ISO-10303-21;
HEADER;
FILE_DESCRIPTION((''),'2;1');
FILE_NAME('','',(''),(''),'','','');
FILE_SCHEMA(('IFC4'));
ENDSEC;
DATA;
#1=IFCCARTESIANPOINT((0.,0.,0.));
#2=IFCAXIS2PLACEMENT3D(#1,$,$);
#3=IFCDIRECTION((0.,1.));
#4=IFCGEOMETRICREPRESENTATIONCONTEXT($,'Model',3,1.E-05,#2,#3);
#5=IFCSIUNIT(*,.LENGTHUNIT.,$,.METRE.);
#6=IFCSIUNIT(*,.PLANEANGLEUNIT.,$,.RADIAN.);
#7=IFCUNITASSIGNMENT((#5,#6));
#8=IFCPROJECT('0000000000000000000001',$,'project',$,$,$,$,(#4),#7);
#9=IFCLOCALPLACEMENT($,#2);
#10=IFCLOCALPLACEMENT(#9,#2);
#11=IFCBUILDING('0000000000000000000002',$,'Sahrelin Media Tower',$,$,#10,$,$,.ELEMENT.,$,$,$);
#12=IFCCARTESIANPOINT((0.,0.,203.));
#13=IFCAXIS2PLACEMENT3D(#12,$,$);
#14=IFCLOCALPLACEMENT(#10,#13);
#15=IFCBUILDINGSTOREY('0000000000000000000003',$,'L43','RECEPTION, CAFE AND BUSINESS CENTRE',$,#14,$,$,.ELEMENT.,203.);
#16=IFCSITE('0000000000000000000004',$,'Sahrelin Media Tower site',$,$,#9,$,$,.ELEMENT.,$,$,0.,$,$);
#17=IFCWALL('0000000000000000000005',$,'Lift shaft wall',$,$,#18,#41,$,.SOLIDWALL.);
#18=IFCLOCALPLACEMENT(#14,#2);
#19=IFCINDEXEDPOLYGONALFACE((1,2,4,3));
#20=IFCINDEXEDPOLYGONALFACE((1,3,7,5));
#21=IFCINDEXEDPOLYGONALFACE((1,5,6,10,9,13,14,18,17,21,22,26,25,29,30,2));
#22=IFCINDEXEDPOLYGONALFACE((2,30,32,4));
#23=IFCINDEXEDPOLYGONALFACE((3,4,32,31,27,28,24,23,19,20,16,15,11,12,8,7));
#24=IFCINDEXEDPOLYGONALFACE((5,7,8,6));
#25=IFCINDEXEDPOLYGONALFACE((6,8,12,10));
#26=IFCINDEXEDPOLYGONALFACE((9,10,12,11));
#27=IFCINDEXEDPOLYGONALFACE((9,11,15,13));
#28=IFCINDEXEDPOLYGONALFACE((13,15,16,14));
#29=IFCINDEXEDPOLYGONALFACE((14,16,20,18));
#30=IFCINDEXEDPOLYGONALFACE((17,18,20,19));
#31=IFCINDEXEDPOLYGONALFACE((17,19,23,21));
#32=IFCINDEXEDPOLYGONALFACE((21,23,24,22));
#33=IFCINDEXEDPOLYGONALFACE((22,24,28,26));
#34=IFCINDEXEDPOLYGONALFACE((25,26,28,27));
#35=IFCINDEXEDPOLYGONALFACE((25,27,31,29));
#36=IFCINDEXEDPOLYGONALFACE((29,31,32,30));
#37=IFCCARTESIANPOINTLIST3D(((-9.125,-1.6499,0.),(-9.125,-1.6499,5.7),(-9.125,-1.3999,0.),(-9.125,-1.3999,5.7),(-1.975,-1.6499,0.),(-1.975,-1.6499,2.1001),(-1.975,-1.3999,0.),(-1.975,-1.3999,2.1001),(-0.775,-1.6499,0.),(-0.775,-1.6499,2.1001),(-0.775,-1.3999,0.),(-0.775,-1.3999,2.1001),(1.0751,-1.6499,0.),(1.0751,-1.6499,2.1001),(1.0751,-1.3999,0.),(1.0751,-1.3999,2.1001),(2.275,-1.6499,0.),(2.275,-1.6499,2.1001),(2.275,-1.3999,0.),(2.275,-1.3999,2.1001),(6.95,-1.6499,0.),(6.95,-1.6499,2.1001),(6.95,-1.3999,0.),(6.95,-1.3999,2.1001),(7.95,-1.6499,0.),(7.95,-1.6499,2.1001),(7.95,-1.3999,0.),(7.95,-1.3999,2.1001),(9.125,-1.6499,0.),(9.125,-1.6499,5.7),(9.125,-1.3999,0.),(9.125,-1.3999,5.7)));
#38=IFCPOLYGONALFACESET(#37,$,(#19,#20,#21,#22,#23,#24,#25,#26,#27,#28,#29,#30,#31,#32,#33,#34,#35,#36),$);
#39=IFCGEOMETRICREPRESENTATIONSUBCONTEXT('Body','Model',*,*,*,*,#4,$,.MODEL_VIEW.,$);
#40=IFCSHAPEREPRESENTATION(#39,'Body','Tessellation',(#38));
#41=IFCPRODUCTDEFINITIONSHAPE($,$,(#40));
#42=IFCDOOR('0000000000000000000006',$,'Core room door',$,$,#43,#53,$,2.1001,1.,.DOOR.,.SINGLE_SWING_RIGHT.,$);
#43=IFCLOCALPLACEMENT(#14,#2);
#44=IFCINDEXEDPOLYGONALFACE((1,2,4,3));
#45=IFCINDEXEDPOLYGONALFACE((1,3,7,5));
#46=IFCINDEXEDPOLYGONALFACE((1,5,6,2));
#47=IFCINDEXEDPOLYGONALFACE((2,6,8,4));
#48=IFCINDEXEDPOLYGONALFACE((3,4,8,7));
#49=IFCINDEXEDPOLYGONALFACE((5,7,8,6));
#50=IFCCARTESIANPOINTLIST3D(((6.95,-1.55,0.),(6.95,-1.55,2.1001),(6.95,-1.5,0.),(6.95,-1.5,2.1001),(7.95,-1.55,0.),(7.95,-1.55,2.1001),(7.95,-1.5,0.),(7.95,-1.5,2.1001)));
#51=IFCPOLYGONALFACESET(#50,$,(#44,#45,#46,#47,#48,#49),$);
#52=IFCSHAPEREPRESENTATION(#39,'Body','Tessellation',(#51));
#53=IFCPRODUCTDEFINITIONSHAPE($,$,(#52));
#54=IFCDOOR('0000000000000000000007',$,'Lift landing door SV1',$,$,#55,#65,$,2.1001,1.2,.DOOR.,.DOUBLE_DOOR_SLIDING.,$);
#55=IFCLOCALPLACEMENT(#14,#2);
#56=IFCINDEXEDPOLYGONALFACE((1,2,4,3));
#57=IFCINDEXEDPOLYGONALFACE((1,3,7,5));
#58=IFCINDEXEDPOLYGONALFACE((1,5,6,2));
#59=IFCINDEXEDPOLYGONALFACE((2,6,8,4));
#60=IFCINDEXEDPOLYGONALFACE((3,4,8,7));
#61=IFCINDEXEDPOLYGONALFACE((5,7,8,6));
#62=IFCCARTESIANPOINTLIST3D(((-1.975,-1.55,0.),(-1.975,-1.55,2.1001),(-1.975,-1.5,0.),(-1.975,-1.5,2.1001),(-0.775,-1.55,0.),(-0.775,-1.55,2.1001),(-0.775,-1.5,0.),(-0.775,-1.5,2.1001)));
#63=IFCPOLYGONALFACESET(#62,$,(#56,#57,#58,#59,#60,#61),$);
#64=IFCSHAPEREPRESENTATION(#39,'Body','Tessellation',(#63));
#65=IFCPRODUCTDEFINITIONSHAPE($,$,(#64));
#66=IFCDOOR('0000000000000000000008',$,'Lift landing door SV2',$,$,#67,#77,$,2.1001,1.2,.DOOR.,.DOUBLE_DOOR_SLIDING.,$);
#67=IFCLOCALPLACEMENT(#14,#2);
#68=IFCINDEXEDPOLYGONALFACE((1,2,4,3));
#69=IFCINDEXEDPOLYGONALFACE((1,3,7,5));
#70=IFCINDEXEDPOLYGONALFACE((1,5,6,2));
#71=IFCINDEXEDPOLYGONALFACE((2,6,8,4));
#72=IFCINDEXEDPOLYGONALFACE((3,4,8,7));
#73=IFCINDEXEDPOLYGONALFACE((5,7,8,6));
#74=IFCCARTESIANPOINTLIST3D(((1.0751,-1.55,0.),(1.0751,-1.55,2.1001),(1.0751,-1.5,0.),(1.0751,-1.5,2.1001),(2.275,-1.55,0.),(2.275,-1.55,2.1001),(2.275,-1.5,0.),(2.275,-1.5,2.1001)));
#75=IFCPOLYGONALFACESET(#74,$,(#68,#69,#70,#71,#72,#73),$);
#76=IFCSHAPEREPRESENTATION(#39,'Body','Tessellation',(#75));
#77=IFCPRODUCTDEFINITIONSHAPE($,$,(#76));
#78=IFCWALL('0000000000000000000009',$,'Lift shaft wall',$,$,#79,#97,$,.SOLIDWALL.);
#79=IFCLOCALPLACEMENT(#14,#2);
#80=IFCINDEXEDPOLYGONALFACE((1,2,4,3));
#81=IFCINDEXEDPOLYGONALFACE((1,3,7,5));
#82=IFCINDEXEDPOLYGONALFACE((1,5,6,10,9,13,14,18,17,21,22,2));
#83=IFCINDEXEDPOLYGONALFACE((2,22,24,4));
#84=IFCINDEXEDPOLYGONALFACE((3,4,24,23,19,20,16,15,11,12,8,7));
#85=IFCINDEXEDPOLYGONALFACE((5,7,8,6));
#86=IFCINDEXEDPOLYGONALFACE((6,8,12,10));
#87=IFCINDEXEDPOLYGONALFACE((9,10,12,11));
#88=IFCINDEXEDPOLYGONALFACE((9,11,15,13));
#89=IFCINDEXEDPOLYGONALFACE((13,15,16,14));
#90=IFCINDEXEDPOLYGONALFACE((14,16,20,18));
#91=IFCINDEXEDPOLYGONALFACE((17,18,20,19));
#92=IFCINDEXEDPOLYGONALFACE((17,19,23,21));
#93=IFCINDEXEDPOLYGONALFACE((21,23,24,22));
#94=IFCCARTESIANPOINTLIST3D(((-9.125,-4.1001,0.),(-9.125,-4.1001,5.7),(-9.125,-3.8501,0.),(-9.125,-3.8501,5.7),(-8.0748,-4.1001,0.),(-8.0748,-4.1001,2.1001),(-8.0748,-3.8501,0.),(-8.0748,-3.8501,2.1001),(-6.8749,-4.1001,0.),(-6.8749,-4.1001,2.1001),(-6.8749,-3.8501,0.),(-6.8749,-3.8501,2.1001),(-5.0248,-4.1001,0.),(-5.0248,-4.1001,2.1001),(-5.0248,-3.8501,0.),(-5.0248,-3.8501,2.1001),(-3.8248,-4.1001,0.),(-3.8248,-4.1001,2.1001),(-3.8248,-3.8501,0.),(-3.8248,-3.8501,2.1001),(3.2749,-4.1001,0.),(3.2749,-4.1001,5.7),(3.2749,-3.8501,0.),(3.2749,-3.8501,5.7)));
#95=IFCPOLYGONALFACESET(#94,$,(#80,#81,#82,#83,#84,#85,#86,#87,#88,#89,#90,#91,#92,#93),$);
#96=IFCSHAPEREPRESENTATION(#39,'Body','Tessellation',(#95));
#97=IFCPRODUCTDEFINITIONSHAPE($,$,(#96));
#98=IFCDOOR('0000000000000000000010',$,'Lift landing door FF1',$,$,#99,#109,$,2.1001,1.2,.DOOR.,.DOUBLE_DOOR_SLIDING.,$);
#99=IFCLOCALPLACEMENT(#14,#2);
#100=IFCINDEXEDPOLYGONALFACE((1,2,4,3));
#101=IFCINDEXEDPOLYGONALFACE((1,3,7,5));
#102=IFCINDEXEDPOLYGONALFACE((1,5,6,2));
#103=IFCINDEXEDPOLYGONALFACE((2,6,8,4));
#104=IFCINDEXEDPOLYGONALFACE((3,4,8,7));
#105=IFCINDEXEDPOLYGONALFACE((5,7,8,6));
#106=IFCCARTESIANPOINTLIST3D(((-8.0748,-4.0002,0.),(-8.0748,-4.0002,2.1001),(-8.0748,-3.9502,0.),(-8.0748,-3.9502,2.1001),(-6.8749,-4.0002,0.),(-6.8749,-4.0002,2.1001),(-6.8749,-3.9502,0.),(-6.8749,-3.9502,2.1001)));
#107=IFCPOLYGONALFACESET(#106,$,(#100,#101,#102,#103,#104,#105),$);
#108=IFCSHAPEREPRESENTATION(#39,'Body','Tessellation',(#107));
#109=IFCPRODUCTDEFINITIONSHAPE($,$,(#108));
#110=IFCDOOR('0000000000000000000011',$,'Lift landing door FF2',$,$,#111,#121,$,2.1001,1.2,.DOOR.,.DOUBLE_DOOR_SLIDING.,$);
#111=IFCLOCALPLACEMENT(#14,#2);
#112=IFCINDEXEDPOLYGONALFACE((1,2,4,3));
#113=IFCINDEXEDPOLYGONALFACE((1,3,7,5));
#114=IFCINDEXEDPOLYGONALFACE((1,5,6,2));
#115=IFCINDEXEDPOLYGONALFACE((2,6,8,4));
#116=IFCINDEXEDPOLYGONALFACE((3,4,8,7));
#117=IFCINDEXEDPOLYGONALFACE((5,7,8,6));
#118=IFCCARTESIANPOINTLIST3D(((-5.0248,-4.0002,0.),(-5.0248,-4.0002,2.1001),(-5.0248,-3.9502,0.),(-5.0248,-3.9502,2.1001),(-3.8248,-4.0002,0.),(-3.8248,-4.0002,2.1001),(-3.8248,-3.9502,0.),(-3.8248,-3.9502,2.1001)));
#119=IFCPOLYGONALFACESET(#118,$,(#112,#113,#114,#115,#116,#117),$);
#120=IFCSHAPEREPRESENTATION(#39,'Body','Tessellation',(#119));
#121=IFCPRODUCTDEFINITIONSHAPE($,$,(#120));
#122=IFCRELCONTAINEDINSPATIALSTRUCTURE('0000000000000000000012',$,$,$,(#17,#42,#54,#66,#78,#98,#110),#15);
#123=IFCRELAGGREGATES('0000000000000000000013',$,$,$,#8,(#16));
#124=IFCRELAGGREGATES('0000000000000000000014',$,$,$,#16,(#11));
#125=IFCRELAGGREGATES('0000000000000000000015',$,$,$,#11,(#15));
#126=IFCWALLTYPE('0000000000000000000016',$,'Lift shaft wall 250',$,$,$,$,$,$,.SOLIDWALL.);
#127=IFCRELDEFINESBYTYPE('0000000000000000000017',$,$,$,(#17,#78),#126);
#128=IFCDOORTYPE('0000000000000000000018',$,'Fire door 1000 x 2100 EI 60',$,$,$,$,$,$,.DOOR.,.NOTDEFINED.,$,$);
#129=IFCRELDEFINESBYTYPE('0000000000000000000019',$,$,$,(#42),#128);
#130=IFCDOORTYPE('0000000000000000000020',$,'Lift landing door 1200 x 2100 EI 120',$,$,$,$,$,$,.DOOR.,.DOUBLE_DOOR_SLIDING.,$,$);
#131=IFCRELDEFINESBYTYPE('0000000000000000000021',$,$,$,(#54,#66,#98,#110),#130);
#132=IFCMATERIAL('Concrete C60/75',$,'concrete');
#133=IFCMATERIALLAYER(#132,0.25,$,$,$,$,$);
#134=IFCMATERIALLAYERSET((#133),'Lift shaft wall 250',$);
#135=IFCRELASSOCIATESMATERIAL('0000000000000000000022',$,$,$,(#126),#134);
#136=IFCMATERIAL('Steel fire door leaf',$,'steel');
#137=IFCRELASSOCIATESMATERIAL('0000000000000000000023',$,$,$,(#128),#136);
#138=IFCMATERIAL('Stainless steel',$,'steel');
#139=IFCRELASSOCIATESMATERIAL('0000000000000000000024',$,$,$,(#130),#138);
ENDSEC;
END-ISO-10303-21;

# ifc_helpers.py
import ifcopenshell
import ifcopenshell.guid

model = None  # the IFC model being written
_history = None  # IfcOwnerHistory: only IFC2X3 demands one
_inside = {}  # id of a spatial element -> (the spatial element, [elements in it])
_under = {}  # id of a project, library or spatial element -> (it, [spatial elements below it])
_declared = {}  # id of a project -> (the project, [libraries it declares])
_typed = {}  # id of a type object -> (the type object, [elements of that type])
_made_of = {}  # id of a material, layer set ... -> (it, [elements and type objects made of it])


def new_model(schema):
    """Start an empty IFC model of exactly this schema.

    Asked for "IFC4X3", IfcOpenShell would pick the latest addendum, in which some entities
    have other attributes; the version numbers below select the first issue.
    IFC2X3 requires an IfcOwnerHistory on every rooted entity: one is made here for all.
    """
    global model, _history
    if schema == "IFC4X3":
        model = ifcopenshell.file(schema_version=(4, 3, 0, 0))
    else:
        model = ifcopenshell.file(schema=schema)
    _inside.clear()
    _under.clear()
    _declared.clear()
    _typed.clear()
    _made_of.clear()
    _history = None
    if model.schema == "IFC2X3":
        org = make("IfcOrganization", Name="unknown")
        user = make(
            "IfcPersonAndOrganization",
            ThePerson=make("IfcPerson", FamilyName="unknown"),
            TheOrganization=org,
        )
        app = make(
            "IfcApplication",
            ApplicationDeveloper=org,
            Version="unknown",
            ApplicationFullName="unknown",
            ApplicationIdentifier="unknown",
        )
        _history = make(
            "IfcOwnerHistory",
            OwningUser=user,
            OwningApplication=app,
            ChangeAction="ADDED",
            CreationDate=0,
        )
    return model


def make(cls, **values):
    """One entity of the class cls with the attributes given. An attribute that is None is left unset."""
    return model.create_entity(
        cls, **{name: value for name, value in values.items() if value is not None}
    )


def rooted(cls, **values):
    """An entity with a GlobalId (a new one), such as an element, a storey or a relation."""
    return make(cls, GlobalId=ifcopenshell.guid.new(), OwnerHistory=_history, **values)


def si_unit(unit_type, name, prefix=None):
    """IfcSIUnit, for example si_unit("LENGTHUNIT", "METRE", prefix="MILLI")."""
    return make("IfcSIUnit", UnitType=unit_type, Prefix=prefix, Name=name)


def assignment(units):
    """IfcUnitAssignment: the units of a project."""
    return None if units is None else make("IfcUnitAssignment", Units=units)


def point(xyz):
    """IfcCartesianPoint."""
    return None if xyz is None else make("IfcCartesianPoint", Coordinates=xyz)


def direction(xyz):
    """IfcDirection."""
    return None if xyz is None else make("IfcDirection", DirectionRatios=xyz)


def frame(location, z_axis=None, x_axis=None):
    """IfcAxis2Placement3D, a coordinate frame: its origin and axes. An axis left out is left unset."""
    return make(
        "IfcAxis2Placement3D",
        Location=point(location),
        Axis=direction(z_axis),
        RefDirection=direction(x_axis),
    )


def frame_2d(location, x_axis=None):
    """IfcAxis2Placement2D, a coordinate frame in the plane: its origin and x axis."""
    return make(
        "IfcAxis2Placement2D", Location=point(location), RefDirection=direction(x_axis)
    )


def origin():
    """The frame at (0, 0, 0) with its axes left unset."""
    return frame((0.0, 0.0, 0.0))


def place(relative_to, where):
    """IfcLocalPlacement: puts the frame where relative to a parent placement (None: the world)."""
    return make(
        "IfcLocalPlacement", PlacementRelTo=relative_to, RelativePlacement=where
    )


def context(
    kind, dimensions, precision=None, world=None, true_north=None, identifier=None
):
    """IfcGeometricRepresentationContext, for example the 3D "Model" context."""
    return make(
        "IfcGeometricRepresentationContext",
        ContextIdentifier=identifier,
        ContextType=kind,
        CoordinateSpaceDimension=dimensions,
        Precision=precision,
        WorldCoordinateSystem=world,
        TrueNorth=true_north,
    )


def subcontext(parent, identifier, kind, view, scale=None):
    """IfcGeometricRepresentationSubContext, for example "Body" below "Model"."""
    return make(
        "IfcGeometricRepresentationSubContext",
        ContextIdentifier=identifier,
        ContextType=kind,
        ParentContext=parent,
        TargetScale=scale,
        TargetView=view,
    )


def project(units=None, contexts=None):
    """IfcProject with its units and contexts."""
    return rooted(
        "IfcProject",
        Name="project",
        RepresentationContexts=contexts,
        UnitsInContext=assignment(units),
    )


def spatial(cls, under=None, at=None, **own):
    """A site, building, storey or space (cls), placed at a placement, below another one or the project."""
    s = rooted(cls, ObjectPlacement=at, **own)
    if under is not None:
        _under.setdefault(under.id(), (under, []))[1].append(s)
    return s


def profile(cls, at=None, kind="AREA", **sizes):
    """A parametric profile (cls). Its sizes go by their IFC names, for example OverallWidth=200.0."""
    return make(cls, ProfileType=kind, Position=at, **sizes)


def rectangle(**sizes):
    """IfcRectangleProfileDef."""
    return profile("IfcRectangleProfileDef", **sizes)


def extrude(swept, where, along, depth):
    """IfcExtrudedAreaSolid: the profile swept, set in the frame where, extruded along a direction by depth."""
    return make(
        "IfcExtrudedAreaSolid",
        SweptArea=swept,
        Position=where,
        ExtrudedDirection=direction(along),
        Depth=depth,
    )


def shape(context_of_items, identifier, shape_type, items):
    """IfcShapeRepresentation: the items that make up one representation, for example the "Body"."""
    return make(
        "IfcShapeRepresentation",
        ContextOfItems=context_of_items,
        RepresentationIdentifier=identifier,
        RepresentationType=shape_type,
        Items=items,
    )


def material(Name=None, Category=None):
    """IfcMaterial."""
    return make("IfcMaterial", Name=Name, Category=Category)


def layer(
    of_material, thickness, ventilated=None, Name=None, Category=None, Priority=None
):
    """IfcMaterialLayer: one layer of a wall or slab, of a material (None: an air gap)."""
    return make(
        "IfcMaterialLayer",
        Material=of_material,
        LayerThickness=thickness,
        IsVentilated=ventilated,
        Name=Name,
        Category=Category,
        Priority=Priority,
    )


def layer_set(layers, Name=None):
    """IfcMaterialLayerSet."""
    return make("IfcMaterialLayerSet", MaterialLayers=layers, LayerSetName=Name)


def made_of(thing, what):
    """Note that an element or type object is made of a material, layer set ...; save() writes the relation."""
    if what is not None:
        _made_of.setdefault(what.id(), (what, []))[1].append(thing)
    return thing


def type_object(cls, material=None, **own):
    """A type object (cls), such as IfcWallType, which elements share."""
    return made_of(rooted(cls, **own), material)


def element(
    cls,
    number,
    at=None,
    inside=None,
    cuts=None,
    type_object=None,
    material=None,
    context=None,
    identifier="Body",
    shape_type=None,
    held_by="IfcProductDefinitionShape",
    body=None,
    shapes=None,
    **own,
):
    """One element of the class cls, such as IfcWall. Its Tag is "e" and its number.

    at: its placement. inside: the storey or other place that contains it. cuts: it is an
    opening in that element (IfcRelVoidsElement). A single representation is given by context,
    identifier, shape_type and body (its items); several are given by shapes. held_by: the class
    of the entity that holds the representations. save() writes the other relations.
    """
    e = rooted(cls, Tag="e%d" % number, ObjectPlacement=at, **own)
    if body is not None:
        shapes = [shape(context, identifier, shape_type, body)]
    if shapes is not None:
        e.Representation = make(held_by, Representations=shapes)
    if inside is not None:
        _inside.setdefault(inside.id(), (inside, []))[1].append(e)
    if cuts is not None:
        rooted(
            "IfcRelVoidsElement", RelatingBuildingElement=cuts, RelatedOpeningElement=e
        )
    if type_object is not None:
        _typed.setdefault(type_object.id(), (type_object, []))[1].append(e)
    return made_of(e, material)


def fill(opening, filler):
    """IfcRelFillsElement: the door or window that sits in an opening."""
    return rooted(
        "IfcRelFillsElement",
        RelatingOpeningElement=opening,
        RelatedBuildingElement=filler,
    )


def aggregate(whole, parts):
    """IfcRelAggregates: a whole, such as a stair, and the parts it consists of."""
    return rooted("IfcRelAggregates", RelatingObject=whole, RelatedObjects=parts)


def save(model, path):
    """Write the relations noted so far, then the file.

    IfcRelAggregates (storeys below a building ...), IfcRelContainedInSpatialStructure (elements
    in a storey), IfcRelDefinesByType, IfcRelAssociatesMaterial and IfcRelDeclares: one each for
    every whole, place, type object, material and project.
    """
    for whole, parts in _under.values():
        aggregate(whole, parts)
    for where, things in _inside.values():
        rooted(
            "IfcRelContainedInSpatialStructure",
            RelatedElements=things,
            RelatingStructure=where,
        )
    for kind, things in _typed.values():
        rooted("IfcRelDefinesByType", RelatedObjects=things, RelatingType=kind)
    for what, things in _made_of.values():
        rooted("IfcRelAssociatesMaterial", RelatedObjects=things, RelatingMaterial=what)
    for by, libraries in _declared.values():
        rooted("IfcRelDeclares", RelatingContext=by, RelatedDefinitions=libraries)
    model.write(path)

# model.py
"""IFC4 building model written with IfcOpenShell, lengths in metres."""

from ifc_helpers import new_model, si_unit, direction, frame, frame_2d, origin, place, context, subcontext, project, spatial, rectangle, extrude, material, layer, layer_set, type_object, element, fill, save


model = new_model("IFC4")

# Units and contexts
model_context = context("Model", 3, precision=1e-05, world=origin(), true_north=direction((0.0, 1.0)))
body_context = subcontext(model_context, "Body", "Model", "MODEL_VIEW")
ifc_project = project(units=[si_unit("LENGTHUNIT", "METRE"), si_unit("PLANEANGLEUNIT", "RADIAN")], contexts=[model_context])

# Site, building, storey
site_placement = place(None, origin())
site = spatial("IfcSite", under=ifc_project, at=site_placement, Name="Sahrelin Media Tower site", CompositionType="ELEMENT", RefElevation=0.0)
building_placement = place(site_placement, origin())
building = spatial("IfcBuilding", under=site, at=building_placement, Name="Sahrelin Media Tower", CompositionType="ELEMENT")
storey_placement = place(building_placement, frame((0.0, 0.0, 203.0)))
storey = spatial("IfcBuildingStorey", under=building, at=storey_placement, Name="L43", Description="RECEPTION, CAFE AND BUSINESS CENTRE", CompositionType="ELEMENT", Elevation=203.0)

# Shared definitions
ifc_material_1 = material(Name="Concrete C60/75", Category="concrete")
ifc_material_2 = material(Name="Steel fire door leaf", Category="steel")

# Walls, openings, doors
ifc_layer_1 = layer(ifc_material_1, 0.25)
ifc_layer_set_1 = layer_set([ifc_layer_1], Name="Lift shaft wall 250")
wall_type_1 = type_object("IfcWallType", Name="Lift shaft wall 250", PredefinedType="SOLIDWALL", material=ifc_layer_set_1)
wall_1_placement = place(storey_placement, frame((-9.125, -1.5249, 0.0), z_axis=(0.0, 0.0, 1.0), x_axis=(1.0, 0.0, 0.0)))
wall_1 = element("IfcWall", 1, at=wall_1_placement, inside=storey, type_object=wall_type_1, Name="Lift shaft wall", PredefinedType="SOLIDWALL", context=body_context, shape_type="SweptSolid", body=[
    extrude(rectangle(XDim=18.25, YDim=0.25, at=frame_2d((9.125, 0.0))), origin(), (0.0, 0.0, 1.0), 5.7),
])
opening_1_placement = place(wall_1_placement, frame((7.1499, 0.0, 0.0)))
opening_1 = element("IfcOpeningElement", 2, at=opening_1_placement, cuts=wall_1, PredefinedType="OPENING", context=body_context, shape_type="SweptSolid", body=[
    extrude(rectangle(XDim=1.2, YDim=2.1001, at=frame_2d((0.6001, 1.05))), frame((0.0, 0.125, 0.0), z_axis=(0.0, -1.0, 0.0), x_axis=(1.0, 0.0, 0.0)), (0.0, 0.0, 1.0), 0.25),
])
opening_2_placement = place(wall_1_placement, frame((10.2, 0.0, 0.0)))
opening_2 = element("IfcOpeningElement", 3, at=opening_2_placement, cuts=wall_1, PredefinedType="OPENING", context=body_context, shape_type="SweptSolid", body=[
    extrude(rectangle(XDim=1.2, YDim=2.1001, at=frame_2d((0.6001, 1.05))), frame((0.0, 0.125, 0.0), z_axis=(0.0, -1.0, 0.0), x_axis=(1.0, 0.0, 0.0)), (0.0, 0.0, 1.0), 0.25),
])
opening_3_placement = place(wall_1_placement, frame((16.075, 0.0, 0.0)))
opening_3 = element("IfcOpeningElement", 4, at=opening_3_placement, cuts=wall_1, PredefinedType="OPENING", context=body_context, shape_type="SweptSolid", body=[
    extrude(rectangle(XDim=1.0, YDim=2.1001, at=frame_2d((0.5, 1.05))), frame((0.0, 0.125, 0.0), z_axis=(0.0, -1.0, 0.0), x_axis=(1.0, 0.0, 0.0)), (0.0, 0.0, 1.0), 0.25),
])
door_type_1 = type_object("IfcDoorType", Name="Fire door 1000 x 2100 EI 60", OperationType="NOTDEFINED", PredefinedType="DOOR", material=ifc_material_2)
door_1_placement = place(opening_3_placement, origin())
door_1 = element("IfcDoor", 5, at=door_1_placement, inside=storey, type_object=door_type_1, Name="Core room door", OperationType="SINGLE_SWING_RIGHT", OverallHeight=2.1001, OverallWidth=1.0, PredefinedType="DOOR", context=body_context, shape_type="SweptSolid", body=[
    extrude(rectangle(XDim=1.0, YDim=2.1001, at=frame_2d((0.5, 1.05))), frame((0.0, 0.0249, 0.0), z_axis=(0.0, -1.0, 0.0), x_axis=(1.0, 0.0, 0.0)), (0.0, 0.0, 1.0), 0.05),
])
fill(opening_3, door_1)
ifc_material_3 = material(Name="Stainless steel", Category="steel")
door_type_2 = type_object("IfcDoorType", Name="Lift landing door 1200 x 2100 EI 120", OperationType="DOUBLE_DOOR_SLIDING", PredefinedType="DOOR", material=ifc_material_3)
door_2_placement = place(opening_1_placement, origin())
door_2 = element("IfcDoor", 6, at=door_2_placement, inside=storey, type_object=door_type_2, Name="Lift landing door SV1", OperationType="DOUBLE_DOOR_SLIDING", OverallHeight=2.1001, OverallWidth=1.2, PredefinedType="DOOR", context=body_context, shape_type="SweptSolid", body=[
    extrude(rectangle(XDim=1.2, YDim=2.1001, at=frame_2d((0.6001, 1.05))), frame((0.0, 0.0249, 0.0), z_axis=(0.0, -1.0, 0.0), x_axis=(1.0, 0.0, 0.0)), (0.0, 0.0, 1.0), 0.05),
])
fill(opening_1, door_2)
door_3_placement = place(opening_2_placement, origin())
door_3 = element("IfcDoor", 7, at=door_3_placement, inside=storey, type_object=door_type_2, Name="Lift landing door SV2", OperationType="DOUBLE_DOOR_SLIDING", OverallHeight=2.1001, OverallWidth=1.2, PredefinedType="DOOR", context=body_context, shape_type="SweptSolid", body=[
    extrude(rectangle(XDim=1.2, YDim=2.1001, at=frame_2d((0.6001, 1.05))), frame((0.0, 0.0249, 0.0), z_axis=(0.0, -1.0, 0.0), x_axis=(1.0, 0.0, 0.0)), (0.0, 0.0, 1.0), 0.05),
])
fill(opening_2, door_3)
wall_2_placement = place(storey_placement, frame((-9.125, -3.9751, 0.0), z_axis=(0.0, 0.0, 1.0), x_axis=(1.0, 0.0, 0.0)))
wall_2 = element("IfcWall", 8, at=wall_2_placement, inside=storey, type_object=wall_type_1, Name="Lift shaft wall", PredefinedType="SOLIDWALL", context=body_context, shape_type="SweptSolid", body=[
    extrude(rectangle(XDim=12.3999, YDim=0.25, at=frame_2d((6.2, 0.0))), origin(), (0.0, 0.0, 1.0), 5.7),
])
opening_4_placement = place(wall_2_placement, frame((1.05, 0.0, 0.0)))
opening_4 = element("IfcOpeningElement", 9, at=opening_4_placement, cuts=wall_2, PredefinedType="OPENING", context=body_context, shape_type="SweptSolid", body=[
    extrude(rectangle(XDim=1.2, YDim=2.1001, at=frame_2d((0.6001, 1.05))), frame((0.0, 0.125, 0.0), z_axis=(0.0, -1.0, 0.0), x_axis=(1.0, 0.0, 0.0)), (0.0, 0.0, 1.0), 0.25),
])
opening_5_placement = place(wall_2_placement, frame((4.1001, 0.0, 0.0)))
opening_5 = element("IfcOpeningElement", 10, at=opening_5_placement, cuts=wall_2, PredefinedType="OPENING", context=body_context, shape_type="SweptSolid", body=[
    extrude(rectangle(XDim=1.2, YDim=2.1001, at=frame_2d((0.6001, 1.05))), frame((0.0, 0.125, 0.0), z_axis=(0.0, -1.0, 0.0), x_axis=(1.0, 0.0, 0.0)), (0.0, 0.0, 1.0), 0.25),
])
door_4_placement = place(opening_4_placement, origin())
door_4 = element("IfcDoor", 11, at=door_4_placement, inside=storey, type_object=door_type_2, Name="Lift landing door FF1", OperationType="DOUBLE_DOOR_SLIDING", OverallHeight=2.1001, OverallWidth=1.2, PredefinedType="DOOR", context=body_context, shape_type="SweptSolid", body=[
    extrude(rectangle(XDim=1.2, YDim=2.1001, at=frame_2d((0.6001, 1.05))), frame((0.0, 0.0249, 0.0), z_axis=(0.0, -1.0, 0.0), x_axis=(1.0, 0.0, 0.0)), (0.0, 0.0, 1.0), 0.05),
])
fill(opening_4, door_4)
door_5_placement = place(opening_5_placement, origin())
door_5 = element("IfcDoor", 12, at=door_5_placement, inside=storey, type_object=door_type_2, Name="Lift landing door FF2", OperationType="DOUBLE_DOOR_SLIDING", OverallHeight=2.1001, OverallWidth=1.2, PredefinedType="DOOR", context=body_context, shape_type="SweptSolid", body=[
    extrude(rectangle(XDim=1.2, YDim=2.1001, at=frame_2d((0.6001, 1.05))), frame((0.0, 0.0249, 0.0), z_axis=(0.0, -1.0, 0.0), x_axis=(1.0, 0.0, 0.0)), (0.0, 0.0, 1.0), 0.05),
])
fill(opening_5, door_5)

save(model, "model.ifc")
